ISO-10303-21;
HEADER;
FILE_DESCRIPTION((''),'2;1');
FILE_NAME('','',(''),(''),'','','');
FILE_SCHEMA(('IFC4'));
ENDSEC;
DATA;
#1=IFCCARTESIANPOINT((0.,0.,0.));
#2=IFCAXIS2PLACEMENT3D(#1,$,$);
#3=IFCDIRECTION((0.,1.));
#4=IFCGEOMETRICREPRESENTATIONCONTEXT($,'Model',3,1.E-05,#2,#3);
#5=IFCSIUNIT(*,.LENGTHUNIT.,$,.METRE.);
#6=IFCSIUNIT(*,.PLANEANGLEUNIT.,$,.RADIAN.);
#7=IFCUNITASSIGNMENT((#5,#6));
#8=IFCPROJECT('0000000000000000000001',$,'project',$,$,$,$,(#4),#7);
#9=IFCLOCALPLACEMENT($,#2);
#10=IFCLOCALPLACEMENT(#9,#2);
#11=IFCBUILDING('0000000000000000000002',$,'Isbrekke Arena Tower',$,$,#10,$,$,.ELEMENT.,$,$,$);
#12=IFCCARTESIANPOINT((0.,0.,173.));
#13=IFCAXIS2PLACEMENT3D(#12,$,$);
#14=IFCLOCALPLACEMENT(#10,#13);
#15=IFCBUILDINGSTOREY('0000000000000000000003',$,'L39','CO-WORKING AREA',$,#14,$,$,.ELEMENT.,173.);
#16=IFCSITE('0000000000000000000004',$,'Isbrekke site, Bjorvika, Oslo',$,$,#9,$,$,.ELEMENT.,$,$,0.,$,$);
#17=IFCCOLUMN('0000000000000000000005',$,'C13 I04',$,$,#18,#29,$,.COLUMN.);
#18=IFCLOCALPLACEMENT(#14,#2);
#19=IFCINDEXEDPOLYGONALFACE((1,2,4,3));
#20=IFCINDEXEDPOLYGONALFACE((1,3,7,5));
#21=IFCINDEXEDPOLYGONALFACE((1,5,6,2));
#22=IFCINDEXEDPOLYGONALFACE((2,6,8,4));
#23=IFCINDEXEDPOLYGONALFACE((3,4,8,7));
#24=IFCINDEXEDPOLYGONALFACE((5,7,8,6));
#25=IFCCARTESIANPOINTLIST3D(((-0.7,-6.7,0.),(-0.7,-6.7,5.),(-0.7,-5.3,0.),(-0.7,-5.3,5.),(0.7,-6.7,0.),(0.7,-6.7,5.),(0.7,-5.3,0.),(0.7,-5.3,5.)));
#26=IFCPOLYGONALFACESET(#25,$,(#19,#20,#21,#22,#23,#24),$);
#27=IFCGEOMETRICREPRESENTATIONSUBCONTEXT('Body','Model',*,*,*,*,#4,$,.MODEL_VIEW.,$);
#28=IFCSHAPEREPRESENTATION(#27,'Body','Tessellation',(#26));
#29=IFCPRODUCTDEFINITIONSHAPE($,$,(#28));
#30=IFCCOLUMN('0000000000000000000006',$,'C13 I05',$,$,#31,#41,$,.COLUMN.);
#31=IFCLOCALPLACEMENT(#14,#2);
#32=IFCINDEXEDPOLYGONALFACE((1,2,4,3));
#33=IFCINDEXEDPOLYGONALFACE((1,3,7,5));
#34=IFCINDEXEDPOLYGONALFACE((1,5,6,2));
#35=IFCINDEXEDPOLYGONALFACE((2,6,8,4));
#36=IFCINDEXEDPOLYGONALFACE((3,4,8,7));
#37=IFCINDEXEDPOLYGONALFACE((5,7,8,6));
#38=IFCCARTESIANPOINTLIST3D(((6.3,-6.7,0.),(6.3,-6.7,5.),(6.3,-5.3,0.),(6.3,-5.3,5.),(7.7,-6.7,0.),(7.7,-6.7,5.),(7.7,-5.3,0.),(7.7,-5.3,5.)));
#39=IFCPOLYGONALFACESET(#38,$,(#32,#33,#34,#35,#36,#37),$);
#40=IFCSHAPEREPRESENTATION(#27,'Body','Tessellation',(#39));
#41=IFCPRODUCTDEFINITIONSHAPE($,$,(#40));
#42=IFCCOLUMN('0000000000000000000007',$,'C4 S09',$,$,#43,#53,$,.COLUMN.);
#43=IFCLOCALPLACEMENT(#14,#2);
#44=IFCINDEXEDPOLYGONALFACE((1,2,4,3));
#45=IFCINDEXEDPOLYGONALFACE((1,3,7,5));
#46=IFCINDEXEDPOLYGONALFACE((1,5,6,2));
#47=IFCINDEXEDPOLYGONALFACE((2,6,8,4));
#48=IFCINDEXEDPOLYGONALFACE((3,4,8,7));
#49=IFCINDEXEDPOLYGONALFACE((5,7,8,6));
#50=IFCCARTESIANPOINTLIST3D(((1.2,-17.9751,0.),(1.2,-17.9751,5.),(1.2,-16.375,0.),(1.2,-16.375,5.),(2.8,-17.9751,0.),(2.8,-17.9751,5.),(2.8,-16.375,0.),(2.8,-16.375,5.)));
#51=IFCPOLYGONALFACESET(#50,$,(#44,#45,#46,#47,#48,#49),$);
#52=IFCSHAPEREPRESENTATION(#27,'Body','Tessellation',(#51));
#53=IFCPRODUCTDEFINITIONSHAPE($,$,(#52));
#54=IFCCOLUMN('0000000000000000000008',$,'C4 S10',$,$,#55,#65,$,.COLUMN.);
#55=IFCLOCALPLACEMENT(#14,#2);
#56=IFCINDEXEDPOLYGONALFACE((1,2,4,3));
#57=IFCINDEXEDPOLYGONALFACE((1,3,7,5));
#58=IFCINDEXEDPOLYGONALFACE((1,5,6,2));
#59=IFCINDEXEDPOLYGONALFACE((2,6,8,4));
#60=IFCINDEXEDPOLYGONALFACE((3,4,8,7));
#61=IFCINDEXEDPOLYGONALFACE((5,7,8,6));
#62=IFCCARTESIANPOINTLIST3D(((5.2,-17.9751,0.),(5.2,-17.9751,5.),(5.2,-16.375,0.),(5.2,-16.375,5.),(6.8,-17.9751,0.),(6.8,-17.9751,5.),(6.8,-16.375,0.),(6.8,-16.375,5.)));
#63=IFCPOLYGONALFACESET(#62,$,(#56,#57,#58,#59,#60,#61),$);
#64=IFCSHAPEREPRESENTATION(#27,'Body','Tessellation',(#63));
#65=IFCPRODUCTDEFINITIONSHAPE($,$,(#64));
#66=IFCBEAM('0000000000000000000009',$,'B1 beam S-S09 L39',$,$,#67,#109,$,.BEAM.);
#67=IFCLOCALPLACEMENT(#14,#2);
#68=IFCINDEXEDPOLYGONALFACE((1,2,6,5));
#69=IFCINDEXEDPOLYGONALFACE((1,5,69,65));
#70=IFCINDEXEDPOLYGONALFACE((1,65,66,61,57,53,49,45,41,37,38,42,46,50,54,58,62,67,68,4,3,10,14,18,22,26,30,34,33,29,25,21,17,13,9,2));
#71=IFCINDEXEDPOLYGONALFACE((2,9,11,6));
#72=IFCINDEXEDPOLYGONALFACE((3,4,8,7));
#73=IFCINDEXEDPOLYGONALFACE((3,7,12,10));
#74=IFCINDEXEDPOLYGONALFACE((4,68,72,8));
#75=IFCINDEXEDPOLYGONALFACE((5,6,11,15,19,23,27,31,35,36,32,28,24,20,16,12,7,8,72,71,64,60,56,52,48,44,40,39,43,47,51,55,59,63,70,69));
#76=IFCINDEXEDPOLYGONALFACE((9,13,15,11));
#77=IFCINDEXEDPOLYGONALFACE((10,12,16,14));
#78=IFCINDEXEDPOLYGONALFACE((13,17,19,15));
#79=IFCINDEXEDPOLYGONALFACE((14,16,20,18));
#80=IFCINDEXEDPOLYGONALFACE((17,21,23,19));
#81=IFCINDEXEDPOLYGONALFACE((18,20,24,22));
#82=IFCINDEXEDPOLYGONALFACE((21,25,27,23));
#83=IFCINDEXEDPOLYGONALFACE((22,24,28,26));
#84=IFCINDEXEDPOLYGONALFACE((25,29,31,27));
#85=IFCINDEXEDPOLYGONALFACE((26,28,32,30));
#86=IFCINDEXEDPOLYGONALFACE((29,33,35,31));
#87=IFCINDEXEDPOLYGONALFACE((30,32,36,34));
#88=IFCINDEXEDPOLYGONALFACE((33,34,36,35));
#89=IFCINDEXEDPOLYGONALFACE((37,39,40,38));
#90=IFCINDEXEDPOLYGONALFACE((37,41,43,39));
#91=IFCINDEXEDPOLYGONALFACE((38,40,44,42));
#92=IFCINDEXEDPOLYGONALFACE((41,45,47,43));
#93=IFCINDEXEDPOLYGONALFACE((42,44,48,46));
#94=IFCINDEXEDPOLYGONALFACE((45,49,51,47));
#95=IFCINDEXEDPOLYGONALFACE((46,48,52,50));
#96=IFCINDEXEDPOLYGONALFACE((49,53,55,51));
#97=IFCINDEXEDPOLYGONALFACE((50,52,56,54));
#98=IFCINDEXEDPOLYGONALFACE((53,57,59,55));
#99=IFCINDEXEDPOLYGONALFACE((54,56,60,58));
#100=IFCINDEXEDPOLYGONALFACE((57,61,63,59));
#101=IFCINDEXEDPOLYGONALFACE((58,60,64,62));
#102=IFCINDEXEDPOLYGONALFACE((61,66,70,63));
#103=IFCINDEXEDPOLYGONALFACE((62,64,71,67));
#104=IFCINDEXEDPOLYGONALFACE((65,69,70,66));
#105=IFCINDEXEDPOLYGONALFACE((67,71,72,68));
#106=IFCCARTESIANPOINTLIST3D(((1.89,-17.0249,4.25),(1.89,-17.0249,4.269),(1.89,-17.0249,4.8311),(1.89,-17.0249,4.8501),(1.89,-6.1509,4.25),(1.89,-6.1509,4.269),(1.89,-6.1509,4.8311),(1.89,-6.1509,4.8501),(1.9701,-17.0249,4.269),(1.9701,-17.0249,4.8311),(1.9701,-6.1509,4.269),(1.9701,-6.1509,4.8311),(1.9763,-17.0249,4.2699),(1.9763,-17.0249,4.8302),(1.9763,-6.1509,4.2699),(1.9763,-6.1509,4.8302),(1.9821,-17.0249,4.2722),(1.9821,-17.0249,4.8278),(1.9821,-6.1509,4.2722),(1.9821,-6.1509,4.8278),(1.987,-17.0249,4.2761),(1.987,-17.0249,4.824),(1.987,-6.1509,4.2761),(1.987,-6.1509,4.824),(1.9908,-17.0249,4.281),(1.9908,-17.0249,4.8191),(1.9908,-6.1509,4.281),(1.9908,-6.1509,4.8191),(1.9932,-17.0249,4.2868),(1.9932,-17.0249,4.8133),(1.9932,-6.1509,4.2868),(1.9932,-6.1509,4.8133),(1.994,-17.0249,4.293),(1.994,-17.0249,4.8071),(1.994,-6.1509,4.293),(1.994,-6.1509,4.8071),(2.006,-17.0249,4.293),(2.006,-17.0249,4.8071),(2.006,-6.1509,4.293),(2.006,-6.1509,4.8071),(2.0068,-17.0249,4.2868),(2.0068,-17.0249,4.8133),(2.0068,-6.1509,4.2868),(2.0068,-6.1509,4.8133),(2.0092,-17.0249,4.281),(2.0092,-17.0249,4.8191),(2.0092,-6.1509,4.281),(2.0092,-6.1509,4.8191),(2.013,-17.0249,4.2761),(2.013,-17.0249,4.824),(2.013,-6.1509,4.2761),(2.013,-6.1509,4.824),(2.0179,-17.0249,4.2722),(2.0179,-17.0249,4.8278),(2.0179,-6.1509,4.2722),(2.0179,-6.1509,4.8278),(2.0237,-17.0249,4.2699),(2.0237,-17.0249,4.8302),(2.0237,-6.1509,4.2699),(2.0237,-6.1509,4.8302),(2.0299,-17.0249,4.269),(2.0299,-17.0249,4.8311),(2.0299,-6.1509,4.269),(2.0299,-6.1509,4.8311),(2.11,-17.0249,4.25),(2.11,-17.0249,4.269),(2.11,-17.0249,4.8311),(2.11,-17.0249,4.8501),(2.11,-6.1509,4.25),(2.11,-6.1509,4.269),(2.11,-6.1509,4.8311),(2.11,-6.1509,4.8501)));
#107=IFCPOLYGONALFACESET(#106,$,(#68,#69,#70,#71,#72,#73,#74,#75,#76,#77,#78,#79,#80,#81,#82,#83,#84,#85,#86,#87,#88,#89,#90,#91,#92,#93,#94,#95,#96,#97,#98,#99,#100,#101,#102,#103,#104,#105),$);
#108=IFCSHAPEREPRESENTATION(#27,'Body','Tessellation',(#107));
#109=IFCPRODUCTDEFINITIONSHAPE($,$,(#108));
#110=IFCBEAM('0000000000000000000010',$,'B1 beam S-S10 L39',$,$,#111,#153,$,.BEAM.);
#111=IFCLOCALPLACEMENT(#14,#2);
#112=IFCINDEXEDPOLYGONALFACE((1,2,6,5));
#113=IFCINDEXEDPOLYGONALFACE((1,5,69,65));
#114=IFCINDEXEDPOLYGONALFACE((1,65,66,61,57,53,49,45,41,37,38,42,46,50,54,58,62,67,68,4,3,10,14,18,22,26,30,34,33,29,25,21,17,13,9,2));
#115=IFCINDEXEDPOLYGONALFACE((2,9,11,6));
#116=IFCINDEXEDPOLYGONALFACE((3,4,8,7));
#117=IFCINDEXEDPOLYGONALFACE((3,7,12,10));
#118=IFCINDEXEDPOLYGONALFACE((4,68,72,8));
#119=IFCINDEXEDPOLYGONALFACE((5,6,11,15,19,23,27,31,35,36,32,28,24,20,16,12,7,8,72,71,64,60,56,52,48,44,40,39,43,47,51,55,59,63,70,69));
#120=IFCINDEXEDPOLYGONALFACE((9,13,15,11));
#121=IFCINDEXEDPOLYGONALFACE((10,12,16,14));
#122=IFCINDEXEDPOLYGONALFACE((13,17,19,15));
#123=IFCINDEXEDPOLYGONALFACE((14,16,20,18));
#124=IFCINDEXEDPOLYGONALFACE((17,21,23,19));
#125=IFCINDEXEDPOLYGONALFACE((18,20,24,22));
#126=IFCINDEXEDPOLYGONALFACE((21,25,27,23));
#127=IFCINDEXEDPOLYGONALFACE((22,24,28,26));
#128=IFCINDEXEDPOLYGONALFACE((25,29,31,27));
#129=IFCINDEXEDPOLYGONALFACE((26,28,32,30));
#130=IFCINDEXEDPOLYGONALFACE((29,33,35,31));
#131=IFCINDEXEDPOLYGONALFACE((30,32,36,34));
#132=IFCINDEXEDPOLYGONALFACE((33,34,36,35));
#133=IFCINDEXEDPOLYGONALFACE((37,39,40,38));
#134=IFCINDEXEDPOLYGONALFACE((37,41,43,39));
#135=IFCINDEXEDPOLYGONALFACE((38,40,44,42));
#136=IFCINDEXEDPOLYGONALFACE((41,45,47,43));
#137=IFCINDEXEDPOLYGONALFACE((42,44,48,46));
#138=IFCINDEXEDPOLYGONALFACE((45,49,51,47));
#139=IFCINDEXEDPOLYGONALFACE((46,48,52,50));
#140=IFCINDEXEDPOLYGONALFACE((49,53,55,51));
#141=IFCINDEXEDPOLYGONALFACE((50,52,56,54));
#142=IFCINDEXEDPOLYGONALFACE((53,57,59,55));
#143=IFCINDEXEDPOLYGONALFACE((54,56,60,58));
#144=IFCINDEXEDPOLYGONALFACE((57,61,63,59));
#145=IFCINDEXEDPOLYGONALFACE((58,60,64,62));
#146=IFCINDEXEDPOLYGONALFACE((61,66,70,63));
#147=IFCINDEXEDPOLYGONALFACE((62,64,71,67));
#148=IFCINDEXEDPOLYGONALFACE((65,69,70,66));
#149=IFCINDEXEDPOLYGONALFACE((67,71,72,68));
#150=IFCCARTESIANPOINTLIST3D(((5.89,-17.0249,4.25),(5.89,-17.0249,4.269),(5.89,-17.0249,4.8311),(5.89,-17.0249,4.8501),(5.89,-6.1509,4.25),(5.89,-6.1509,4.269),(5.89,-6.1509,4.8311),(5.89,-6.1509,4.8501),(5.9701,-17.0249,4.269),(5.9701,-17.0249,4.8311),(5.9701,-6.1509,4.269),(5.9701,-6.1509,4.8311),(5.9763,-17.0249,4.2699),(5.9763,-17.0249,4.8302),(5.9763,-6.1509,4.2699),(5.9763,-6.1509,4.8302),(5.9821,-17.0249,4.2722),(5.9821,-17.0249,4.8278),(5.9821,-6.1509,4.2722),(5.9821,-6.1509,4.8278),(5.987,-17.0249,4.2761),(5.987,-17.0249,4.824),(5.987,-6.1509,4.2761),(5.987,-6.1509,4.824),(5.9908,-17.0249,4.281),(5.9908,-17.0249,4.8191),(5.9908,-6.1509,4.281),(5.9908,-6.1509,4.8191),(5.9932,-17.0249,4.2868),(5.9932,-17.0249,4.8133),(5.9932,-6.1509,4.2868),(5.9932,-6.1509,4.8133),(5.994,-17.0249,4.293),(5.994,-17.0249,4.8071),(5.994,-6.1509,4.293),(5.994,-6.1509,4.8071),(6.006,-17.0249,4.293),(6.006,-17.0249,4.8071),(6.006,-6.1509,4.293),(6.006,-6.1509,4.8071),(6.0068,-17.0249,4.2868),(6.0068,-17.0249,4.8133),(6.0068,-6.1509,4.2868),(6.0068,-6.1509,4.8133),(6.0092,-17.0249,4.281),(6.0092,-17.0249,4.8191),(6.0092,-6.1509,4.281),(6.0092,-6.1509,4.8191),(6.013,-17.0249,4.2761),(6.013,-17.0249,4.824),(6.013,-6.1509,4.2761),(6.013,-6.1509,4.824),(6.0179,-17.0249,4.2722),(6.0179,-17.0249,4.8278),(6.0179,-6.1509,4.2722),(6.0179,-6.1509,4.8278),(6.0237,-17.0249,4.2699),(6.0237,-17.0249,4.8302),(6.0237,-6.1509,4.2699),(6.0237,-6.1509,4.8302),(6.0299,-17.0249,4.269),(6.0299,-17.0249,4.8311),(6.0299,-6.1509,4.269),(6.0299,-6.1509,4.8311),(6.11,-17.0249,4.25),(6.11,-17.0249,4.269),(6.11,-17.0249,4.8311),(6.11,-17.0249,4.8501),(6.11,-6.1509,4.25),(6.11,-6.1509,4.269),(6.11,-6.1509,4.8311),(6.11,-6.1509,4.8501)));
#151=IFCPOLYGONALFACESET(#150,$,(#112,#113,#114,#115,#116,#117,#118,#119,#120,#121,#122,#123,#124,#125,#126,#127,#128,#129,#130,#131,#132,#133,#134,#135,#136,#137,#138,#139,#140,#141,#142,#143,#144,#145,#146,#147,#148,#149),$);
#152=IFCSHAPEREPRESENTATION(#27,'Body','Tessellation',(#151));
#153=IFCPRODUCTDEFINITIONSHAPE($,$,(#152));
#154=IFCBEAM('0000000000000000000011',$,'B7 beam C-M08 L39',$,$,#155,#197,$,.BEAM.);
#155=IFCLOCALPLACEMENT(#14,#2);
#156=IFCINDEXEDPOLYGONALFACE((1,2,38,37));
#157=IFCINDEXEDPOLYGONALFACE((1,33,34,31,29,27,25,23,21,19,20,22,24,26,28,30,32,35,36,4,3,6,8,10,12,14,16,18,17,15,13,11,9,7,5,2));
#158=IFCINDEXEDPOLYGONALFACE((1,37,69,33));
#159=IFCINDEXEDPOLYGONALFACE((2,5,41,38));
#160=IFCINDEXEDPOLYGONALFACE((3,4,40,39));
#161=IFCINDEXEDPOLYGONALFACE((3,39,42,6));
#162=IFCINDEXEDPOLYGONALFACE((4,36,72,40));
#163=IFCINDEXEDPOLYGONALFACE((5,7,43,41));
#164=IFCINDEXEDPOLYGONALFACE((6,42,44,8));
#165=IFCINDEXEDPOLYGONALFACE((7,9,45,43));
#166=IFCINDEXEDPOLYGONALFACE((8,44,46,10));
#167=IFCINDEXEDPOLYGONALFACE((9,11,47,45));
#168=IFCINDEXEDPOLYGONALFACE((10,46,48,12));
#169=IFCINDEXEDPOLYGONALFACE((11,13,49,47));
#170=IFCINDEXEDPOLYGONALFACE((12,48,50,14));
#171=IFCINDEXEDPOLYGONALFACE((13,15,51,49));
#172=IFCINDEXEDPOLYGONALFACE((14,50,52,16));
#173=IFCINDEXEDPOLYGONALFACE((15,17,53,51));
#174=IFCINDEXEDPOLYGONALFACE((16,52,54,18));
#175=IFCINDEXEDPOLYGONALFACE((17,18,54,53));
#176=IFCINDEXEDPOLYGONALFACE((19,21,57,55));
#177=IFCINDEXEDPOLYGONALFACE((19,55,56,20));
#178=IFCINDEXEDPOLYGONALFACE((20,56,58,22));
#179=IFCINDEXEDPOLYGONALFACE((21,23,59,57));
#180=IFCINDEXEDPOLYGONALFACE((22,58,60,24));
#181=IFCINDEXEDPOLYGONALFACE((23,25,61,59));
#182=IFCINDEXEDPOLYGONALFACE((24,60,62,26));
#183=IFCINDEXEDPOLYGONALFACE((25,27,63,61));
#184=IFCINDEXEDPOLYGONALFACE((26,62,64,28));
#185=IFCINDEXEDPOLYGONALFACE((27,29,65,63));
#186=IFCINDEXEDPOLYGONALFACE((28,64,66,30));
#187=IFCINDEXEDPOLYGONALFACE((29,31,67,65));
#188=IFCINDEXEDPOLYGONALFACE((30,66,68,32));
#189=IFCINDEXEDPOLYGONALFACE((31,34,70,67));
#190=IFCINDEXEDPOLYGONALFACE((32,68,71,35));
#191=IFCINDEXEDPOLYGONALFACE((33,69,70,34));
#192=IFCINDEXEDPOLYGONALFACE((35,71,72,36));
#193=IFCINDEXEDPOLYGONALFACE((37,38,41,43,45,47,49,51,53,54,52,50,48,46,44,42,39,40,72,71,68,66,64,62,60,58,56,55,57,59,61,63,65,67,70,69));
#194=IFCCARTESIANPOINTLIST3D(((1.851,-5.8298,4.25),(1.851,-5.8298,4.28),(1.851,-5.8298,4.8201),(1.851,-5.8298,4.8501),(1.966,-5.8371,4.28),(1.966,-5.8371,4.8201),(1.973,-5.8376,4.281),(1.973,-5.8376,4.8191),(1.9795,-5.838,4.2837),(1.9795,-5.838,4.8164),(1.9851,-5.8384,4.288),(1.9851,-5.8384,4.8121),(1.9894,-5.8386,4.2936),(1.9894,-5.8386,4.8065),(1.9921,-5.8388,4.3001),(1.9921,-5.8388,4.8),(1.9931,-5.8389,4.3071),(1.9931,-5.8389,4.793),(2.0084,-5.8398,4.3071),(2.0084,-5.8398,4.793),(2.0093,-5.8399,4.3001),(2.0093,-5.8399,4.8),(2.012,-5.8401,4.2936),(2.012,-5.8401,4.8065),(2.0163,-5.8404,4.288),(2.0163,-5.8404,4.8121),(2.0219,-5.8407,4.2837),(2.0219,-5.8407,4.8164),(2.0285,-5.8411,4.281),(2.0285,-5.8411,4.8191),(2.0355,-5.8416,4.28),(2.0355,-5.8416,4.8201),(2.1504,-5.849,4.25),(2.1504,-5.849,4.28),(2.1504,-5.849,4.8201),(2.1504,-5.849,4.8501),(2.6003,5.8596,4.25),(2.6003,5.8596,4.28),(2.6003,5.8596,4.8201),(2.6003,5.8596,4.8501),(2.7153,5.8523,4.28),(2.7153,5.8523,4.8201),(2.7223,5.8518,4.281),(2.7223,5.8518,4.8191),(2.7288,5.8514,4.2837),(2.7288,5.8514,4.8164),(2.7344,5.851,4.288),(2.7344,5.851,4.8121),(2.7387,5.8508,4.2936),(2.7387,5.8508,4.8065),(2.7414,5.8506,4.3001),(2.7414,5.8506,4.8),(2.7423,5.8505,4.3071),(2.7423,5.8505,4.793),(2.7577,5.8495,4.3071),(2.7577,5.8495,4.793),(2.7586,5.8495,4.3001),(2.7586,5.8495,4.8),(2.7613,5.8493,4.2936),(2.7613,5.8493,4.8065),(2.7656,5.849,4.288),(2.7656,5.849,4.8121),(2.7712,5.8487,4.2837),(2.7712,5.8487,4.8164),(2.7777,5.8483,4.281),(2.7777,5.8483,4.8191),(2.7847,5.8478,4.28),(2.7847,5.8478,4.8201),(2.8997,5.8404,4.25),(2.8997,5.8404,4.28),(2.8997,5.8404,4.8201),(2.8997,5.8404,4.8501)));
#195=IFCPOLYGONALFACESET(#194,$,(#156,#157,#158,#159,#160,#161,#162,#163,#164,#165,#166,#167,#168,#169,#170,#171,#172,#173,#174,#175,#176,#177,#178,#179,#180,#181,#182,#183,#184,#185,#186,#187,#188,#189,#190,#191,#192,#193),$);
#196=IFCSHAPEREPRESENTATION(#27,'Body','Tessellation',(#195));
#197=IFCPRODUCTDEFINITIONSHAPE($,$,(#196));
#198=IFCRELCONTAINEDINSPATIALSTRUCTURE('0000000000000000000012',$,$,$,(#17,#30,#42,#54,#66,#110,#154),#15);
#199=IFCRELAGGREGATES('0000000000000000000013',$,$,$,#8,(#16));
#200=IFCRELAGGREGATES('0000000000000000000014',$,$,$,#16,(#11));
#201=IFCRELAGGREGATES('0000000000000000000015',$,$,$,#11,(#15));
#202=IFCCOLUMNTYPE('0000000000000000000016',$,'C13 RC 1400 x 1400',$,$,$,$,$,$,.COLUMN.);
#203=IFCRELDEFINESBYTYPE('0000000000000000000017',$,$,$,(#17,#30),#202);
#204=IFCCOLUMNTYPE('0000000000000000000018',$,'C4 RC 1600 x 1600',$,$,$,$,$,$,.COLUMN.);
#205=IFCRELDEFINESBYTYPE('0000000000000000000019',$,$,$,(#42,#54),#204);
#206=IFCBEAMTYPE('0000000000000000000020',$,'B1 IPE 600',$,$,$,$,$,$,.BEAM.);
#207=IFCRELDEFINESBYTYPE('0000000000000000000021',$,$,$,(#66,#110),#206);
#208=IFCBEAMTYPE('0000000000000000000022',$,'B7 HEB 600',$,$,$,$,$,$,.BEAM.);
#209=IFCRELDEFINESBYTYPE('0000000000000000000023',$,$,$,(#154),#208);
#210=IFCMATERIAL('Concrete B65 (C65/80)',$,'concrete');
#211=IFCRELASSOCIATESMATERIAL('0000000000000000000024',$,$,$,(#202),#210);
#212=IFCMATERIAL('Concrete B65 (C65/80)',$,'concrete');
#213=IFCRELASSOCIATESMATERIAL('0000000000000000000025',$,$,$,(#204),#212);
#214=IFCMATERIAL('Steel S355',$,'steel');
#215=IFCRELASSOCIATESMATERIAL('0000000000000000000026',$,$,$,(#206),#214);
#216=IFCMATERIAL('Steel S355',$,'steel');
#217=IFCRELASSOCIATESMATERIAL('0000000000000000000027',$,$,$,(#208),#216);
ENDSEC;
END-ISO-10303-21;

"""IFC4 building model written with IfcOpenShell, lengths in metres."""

from ifc_helpers import new_model, si_unit, direction, frame, origin, origin_2d, place, context, subcontext, project, spatial, rectangle, i_section, extrude, material, material_profile, profile_set, type_object, element, save


model = new_model("IFC4")

# Units and contexts
model_context = context("Model", 3, precision=1e-05, world=origin(), true_north=direction((0.0, 1.0)))
body_context = subcontext(model_context, "Body", "Model", "MODEL_VIEW")
ifc_project = project(units=[si_unit("LENGTHUNIT", "METRE"), si_unit("PLANEANGLEUNIT", "RADIAN")], contexts=[model_context])

# Site, building, storey
site_placement = place(None, origin())
site = spatial("IfcSite", under=ifc_project, at=site_placement, Name="Isbrekke site, Bjorvika, Oslo", CompositionType="ELEMENT", RefElevation=0.0)
building_placement = place(site_placement, origin())
building = spatial("IfcBuilding", under=site, at=building_placement, Name="Isbrekke Arena Tower", CompositionType="ELEMENT")
storey_placement = place(building_placement, frame((0.0, 0.0, 173.0)))
storey = spatial("IfcBuildingStorey", under=building, at=storey_placement, Name="L39", Description="CO-WORKING AREA", CompositionType="ELEMENT", Elevation=173.0)

# Columns
ifc_material_1 = material(Name="Concrete B65 (C65/80)", Category="concrete")
ifc_material_profile_1 = material_profile(ifc_material_1, rectangle(XDim=1.3999, YDim=1.3999, at=origin_2d()), Name="RC 1400x1400")
ifc_profile_set_1 = profile_set([ifc_material_profile_1], Name="Concrete B65 (C65/80)")
column_type_1 = type_object("IfcColumnType", Name="C13 RC 1400 x 1400", PredefinedType="COLUMN", material=ifc_profile_set_1)
for number, where, z_axis, x_axis, name in (
    (1, (0.0, -6.0, 0.0), (0.0, 0.0, 1.0), (1.0, 0.0, 0.0), "C13 I04"),
    (2, (7.0, -6.0, 0.0), (0.0, 0.0, 1.0), (1.0, 0.0, 0.0), "C13 I05"),
):
    element("IfcColumn", number, at=place(storey_placement, frame(where, z_axis=z_axis, x_axis=x_axis)), inside=storey, type_object=column_type_1, Name=name, PredefinedType="COLUMN", context=body_context, shape_type="SweptSolid", body=[
        extrude(rectangle(XDim=1.3999, YDim=1.3999, at=origin_2d()), origin(), (0.0, 0.0, 1.0), 5.0),
    ])
ifc_material_2 = material(Name="Concrete B65 (C65/80)", Category="concrete")
ifc_material_profile_2 = material_profile(ifc_material_2, rectangle(XDim=1.6001, YDim=1.6001, at=origin_2d()), Name="RC 1600x1600")
ifc_profile_set_2 = profile_set([ifc_material_profile_2], Name="Concrete B65 (C65/80)")
column_type_2 = type_object("IfcColumnType", Name="C4 RC 1600 x 1600", PredefinedType="COLUMN", material=ifc_profile_set_2)
for number, where, z_axis, x_axis, name in (
    (3, (2.0, -17.175, 0.0), (0.0, 0.0, 1.0), (1.0, 0.0, 0.0), "C4 S09"),
    (4, (6.0, -17.175, 0.0), (0.0, 0.0, 1.0), (1.0, 0.0, 0.0), "C4 S10"),
):
    element("IfcColumn", number, at=place(storey_placement, frame(where, z_axis=z_axis, x_axis=x_axis)), inside=storey, type_object=column_type_2, Name=name, PredefinedType="COLUMN", context=body_context, shape_type="SweptSolid", body=[
        extrude(rectangle(XDim=1.6001, YDim=1.6001, at=origin_2d()), origin(), (0.0, 0.0, 1.0), 5.0),
    ])

# Beams
ifc_material_3 = material(Name="Steel S355", Category="steel")
ifc_material_profile_3 = material_profile(ifc_material_3, i_section(OverallWidth=0.22, OverallDepth=0.6001, WebThickness=0.012, FlangeThickness=0.019, FilletRadius=0.0239, at=origin_2d()), Name="IPE 600")
ifc_profile_set_3 = profile_set([ifc_material_profile_3], Name="Steel S355")
beam_type_1 = type_object("IfcBeamType", Name="B1 IPE 600", PredefinedType="BEAM", material=ifc_profile_set_3)
for number, where, z_axis, x_axis, name in (
    (5, (2.0, -17.0249, 4.55), (0.0, 1.0, 0.0), (-1.0, 0.0, 0.0), "B1 beam S-S09 L39"),
    (6, (6.0, -17.0249, 4.55), (0.0, 1.0, 0.0), (-1.0, 0.0, 0.0), "B1 beam S-S10 L39"),
):
    element("IfcBeam", number, at=place(storey_placement, frame(where, z_axis=z_axis, x_axis=x_axis)), inside=storey, type_object=beam_type_1, Name=name, PredefinedType="BEAM", context=body_context, shape_type="SweptSolid", body=[
        extrude(i_section(OverallWidth=0.22, OverallDepth=0.6001, WebThickness=0.012, FlangeThickness=0.019, FilletRadius=0.0239, at=origin_2d()), origin(), (0.0, 0.0, 1.0), 10.874),
    ])
ifc_material_4 = material(Name="Steel S355", Category="steel")
ifc_material_profile_4 = material_profile(ifc_material_4, i_section(OverallWidth=0.3, OverallDepth=0.6001, WebThickness=0.0154, FlangeThickness=0.03, FilletRadius=0.0271, at=origin_2d()), Name="HEB 600")
ifc_profile_set_4 = profile_set([ifc_material_profile_4], Name="Steel S355")
beam_type_2 = type_object("IfcBeamType", Name="B7 HEB 600", PredefinedType="BEAM", material=ifc_profile_set_4)
beam_1_placement = place(storey_placement, frame((2.0007, -5.8394, 4.55), z_axis=(0.063966, 0.997952, 0.0), x_axis=(-0.997952, 0.063966, 0.0)))
element("IfcBeam", 7, at=beam_1_placement, inside=storey, type_object=beam_type_2, Name="B7 beam C-M08 L39", PredefinedType="BEAM", context=body_context, shape_type="SweptSolid", body=[
    extrude(i_section(OverallWidth=0.3, OverallDepth=0.6001, WebThickness=0.0154, FlangeThickness=0.03, FilletRadius=0.0271, at=origin_2d()), origin(), (0.0, 0.0, 1.0), 11.7134),
])

save(model, "model.ifc")
